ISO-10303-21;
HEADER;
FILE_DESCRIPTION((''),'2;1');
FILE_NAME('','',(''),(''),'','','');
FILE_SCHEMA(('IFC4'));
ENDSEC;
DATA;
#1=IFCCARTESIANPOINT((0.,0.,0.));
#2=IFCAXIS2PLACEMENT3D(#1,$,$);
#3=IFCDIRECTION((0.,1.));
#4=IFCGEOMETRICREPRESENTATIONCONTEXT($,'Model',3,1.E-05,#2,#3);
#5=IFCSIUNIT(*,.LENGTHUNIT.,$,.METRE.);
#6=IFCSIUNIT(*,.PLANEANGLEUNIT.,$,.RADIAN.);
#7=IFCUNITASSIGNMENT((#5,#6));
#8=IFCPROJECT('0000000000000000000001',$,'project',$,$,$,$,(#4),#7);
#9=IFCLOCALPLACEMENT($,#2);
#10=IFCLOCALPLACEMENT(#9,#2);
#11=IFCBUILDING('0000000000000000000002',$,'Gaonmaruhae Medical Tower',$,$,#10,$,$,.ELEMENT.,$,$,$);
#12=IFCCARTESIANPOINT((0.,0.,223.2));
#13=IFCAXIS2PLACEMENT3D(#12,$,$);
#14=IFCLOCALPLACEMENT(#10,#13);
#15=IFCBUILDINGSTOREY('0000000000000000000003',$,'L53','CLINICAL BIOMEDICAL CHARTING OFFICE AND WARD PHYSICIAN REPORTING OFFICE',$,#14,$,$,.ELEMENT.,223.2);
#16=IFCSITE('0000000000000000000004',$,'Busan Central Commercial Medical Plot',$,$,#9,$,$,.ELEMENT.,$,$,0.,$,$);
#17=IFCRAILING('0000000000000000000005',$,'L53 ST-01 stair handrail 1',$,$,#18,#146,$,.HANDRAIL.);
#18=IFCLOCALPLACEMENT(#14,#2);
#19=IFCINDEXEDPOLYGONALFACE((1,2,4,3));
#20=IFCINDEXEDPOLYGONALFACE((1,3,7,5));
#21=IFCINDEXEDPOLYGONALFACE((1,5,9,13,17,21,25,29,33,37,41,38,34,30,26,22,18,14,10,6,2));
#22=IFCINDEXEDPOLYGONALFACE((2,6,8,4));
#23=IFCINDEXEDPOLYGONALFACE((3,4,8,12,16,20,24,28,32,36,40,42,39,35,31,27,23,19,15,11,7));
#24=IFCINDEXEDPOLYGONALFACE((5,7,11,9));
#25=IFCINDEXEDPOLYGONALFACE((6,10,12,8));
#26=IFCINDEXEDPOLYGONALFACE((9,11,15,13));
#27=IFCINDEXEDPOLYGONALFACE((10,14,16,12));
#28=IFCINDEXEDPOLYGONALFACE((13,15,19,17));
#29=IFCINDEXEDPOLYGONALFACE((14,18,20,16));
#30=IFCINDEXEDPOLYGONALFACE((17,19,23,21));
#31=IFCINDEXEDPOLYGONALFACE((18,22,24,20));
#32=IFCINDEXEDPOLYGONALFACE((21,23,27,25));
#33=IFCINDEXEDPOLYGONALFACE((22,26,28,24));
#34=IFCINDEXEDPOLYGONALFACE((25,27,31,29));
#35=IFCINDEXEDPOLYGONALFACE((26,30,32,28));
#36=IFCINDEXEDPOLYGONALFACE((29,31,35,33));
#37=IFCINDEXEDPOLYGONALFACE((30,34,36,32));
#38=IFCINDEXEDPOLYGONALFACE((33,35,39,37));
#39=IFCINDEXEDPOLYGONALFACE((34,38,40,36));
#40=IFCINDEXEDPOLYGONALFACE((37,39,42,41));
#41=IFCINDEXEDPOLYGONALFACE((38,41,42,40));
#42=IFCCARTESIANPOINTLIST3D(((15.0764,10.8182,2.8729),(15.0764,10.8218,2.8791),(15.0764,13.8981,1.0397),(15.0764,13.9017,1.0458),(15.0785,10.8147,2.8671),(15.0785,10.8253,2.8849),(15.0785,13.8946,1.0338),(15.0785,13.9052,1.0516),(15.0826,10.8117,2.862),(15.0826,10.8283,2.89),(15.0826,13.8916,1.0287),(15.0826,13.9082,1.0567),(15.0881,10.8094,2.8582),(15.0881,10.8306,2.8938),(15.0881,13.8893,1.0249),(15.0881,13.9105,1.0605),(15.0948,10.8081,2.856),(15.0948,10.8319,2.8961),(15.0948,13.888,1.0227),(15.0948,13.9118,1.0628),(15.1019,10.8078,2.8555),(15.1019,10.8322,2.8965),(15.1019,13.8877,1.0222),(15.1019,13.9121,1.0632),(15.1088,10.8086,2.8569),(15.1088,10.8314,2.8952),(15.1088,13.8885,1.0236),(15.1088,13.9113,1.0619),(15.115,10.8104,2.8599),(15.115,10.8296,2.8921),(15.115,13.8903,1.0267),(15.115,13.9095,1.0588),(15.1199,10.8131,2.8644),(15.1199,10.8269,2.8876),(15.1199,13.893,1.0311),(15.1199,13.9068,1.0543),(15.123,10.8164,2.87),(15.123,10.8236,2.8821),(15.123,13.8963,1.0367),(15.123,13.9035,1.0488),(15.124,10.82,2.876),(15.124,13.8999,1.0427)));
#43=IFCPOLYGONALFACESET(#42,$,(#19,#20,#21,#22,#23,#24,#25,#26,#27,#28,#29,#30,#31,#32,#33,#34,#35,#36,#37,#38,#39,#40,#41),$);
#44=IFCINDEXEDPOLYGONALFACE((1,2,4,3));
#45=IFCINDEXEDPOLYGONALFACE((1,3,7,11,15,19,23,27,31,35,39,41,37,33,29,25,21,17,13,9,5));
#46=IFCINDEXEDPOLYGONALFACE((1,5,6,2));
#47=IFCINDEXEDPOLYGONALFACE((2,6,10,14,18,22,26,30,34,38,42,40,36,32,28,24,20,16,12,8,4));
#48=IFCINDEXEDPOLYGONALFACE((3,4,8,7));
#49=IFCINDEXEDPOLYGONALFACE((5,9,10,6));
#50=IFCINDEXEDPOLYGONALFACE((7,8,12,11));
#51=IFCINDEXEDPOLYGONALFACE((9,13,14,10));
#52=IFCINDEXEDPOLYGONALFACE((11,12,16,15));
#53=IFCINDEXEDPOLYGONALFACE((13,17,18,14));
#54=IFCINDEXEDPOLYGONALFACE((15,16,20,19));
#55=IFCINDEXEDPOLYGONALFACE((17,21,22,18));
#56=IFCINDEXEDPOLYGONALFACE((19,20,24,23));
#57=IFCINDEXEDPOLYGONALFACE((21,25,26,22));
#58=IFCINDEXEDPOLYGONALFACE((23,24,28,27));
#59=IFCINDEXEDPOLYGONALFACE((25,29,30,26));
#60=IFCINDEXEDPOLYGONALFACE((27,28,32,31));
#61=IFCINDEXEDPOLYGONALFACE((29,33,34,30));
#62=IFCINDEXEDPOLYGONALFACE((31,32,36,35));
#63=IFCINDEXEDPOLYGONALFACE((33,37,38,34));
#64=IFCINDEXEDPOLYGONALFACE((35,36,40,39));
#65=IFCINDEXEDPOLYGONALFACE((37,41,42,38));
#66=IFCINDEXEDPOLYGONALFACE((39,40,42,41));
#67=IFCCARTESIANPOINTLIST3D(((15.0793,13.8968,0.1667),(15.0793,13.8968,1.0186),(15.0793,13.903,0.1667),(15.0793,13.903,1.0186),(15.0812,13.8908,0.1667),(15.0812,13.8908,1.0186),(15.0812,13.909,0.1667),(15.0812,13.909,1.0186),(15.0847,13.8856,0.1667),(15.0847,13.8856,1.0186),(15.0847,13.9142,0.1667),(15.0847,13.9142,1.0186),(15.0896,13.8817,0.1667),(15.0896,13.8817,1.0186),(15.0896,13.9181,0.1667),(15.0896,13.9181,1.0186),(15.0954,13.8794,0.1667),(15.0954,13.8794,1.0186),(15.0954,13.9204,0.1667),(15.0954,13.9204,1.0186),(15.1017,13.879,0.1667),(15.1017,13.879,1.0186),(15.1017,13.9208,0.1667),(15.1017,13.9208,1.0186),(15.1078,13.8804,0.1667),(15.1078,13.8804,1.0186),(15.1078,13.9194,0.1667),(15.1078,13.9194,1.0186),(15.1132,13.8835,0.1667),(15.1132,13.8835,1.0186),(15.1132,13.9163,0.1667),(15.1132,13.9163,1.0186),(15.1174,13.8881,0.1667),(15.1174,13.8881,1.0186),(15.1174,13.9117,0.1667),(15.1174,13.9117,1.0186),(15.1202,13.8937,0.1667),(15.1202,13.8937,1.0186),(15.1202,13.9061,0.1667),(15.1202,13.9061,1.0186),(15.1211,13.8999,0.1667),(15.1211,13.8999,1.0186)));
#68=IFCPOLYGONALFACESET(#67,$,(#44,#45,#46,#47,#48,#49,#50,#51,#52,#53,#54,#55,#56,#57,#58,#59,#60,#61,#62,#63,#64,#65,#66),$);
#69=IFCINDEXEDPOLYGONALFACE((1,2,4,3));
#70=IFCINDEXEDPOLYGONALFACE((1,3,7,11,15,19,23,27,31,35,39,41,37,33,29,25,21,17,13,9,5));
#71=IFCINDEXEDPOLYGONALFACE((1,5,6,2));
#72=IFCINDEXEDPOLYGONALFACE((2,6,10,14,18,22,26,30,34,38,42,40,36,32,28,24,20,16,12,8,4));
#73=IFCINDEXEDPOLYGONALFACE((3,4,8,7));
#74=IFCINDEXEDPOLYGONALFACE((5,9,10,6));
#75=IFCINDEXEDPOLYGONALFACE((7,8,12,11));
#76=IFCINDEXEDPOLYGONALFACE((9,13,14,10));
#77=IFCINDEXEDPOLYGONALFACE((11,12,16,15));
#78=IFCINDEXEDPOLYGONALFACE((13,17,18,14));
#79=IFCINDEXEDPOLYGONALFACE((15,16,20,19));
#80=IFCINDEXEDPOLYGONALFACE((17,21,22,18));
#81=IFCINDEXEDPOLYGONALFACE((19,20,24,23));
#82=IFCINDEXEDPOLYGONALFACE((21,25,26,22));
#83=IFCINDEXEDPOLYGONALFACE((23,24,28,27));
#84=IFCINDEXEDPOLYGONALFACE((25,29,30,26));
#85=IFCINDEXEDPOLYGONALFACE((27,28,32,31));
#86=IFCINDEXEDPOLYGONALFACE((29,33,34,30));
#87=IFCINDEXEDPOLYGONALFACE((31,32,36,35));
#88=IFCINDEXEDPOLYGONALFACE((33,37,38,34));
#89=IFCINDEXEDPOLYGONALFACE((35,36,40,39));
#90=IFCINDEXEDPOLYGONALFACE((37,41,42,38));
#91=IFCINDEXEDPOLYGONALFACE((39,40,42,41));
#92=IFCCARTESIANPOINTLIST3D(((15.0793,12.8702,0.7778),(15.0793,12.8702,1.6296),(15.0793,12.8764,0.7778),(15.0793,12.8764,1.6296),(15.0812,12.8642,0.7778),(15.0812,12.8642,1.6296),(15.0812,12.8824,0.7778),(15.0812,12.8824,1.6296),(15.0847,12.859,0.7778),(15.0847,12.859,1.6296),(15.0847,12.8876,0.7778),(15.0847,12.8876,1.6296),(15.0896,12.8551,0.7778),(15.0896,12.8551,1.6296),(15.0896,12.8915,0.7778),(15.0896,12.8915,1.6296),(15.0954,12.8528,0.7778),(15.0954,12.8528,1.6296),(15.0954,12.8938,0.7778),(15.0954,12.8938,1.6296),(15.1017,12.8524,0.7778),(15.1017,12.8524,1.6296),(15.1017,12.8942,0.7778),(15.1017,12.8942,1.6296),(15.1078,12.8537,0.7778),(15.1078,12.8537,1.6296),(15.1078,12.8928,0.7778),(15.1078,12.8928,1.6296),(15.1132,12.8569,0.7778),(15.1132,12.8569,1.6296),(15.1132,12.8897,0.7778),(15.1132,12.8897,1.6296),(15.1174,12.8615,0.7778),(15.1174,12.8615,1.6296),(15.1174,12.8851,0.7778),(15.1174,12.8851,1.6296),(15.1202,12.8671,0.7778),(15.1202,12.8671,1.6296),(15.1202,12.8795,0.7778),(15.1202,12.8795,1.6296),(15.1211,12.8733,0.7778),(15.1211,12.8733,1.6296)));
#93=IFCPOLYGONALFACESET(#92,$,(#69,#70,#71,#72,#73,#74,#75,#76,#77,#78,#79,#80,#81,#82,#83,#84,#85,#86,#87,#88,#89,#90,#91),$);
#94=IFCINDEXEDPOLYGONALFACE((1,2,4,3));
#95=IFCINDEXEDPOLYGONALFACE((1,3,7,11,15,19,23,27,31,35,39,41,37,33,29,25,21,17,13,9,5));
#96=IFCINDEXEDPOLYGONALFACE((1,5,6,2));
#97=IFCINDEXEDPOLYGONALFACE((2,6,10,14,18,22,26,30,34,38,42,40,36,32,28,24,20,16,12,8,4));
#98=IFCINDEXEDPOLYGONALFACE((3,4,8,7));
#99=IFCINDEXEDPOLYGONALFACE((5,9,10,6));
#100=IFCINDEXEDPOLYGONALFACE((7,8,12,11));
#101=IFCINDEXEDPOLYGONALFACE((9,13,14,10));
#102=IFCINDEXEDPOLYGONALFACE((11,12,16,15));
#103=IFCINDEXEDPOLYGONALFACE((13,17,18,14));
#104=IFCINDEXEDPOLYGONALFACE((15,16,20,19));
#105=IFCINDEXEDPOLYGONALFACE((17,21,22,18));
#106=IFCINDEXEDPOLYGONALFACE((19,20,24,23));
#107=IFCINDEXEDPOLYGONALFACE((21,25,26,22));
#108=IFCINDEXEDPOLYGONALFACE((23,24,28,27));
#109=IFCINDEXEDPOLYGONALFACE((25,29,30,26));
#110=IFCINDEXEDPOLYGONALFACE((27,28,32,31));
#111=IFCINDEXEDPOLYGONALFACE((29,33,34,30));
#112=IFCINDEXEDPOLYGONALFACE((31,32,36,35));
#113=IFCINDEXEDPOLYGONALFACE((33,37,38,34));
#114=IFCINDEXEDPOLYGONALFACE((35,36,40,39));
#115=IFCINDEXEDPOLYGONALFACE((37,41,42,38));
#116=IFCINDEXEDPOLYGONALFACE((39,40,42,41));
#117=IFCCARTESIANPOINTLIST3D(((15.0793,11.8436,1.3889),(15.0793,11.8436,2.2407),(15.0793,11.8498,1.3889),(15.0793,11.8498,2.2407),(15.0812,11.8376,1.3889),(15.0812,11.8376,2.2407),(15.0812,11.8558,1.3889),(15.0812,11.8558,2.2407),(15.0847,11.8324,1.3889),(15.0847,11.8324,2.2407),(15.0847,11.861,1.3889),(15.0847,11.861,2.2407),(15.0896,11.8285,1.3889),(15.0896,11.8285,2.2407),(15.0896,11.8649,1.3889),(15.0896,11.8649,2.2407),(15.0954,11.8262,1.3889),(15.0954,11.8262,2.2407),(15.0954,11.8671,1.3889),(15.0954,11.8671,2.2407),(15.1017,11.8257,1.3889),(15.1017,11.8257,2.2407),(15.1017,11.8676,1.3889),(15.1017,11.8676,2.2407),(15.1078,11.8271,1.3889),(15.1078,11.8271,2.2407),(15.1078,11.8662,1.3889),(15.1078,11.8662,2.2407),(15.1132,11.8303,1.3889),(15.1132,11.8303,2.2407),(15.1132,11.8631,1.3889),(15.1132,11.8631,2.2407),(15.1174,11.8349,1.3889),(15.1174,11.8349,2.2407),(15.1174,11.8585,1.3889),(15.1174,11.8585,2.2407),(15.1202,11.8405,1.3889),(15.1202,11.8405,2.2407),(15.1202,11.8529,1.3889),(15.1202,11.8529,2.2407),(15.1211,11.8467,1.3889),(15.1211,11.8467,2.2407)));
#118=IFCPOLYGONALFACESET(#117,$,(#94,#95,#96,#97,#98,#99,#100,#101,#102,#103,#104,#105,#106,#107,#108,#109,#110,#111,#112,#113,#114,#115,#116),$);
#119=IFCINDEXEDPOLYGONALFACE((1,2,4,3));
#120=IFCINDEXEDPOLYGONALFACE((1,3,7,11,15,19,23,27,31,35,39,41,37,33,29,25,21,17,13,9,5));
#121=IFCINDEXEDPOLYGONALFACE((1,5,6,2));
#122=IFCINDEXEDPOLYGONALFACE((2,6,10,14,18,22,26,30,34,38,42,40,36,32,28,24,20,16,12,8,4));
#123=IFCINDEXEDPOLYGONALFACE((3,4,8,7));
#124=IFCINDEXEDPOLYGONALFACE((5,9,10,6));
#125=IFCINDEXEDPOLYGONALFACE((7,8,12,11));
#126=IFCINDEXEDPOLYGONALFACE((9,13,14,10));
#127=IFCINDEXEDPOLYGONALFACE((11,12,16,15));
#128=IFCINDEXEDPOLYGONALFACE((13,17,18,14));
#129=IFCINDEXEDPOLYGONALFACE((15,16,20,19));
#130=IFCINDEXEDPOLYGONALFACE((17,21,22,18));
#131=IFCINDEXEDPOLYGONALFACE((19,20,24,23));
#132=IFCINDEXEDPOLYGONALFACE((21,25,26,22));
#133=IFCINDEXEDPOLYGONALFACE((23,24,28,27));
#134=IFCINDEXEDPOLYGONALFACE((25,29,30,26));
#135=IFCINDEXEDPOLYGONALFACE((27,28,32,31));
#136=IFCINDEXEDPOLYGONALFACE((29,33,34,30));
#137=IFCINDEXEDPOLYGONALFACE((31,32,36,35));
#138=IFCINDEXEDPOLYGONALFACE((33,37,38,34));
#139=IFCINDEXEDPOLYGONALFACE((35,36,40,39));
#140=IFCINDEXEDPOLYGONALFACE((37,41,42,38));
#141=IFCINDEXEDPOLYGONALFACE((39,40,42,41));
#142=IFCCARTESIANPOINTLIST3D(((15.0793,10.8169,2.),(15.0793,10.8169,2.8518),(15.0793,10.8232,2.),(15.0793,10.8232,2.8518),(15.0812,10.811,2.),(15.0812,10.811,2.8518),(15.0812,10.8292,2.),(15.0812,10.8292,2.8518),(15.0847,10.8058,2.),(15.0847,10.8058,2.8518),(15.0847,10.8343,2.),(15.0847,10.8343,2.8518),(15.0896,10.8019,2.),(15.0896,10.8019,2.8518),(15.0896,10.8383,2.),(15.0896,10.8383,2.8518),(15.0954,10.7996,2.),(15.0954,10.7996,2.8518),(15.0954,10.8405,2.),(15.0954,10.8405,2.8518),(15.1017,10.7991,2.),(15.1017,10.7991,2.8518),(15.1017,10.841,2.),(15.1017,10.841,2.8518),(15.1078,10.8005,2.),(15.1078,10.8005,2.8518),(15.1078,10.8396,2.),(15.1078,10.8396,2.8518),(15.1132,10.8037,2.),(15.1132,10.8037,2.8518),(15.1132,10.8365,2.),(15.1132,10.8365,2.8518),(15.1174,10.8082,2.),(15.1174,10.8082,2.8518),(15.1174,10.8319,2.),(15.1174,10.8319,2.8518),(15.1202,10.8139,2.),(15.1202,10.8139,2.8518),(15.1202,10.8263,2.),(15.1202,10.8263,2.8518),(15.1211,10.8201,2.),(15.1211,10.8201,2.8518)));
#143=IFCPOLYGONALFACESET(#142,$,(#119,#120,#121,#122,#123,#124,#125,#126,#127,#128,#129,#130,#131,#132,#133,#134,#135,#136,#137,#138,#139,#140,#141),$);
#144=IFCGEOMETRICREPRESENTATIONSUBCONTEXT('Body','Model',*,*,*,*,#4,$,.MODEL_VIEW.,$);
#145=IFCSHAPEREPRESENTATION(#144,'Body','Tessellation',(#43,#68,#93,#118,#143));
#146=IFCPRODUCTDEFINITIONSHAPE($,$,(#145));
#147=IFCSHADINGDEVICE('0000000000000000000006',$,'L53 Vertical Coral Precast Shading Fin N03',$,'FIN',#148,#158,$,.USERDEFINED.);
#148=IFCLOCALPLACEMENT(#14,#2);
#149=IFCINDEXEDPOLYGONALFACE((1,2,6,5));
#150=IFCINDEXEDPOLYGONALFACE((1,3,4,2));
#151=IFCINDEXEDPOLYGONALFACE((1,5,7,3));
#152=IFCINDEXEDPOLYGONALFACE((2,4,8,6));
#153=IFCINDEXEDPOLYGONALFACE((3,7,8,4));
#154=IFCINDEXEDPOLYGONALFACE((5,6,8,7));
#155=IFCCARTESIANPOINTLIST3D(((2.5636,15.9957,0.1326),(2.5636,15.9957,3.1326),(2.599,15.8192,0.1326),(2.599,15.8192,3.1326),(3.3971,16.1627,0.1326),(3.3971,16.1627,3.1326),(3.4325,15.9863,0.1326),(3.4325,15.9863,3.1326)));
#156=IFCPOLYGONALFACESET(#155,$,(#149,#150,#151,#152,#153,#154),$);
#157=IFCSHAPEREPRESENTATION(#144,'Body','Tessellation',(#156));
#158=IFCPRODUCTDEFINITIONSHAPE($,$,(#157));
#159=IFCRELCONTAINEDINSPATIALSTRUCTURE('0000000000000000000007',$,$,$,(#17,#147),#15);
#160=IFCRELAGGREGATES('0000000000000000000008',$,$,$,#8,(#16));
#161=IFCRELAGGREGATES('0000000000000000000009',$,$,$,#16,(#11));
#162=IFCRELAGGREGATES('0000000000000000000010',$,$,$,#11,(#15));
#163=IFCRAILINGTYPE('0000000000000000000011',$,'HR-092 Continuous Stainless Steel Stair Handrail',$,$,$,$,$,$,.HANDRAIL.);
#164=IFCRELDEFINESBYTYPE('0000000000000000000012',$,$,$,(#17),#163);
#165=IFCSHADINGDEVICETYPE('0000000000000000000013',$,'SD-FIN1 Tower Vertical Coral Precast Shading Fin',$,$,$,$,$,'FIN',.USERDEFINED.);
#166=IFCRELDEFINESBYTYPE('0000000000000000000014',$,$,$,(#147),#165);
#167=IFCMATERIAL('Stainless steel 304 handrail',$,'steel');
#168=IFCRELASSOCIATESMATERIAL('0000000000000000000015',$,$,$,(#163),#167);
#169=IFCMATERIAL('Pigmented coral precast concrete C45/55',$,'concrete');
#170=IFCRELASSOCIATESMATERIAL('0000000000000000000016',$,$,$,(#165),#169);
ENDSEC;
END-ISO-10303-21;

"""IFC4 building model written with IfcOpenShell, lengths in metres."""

from ifc_helpers import new_model, si_unit, direction, frame, origin, origin_2d, place, context, subcontext, project, spatial, rectangle, circle, extrude, material, type_object, element, save


model = new_model("IFC4")

# Units and contexts
model_context = context("Model", 3, precision=1e-05, world=origin(), true_north=direction((0.0, 1.0)))
body_context = subcontext(model_context, "Body", "Model", "MODEL_VIEW")
ifc_project = project(units=[si_unit("LENGTHUNIT", "METRE"), si_unit("PLANEANGLEUNIT", "RADIAN")], contexts=[model_context])

# Site, building, storey
site_placement = place(None, origin())
site = spatial("IfcSite", under=ifc_project, at=site_placement, Name="Busan Central Commercial Medical Plot", CompositionType="ELEMENT", RefElevation=0.0)
building_placement = place(site_placement, origin())
building = spatial("IfcBuilding", under=site, at=building_placement, Name="Gaonmaruhae Medical Tower", CompositionType="ELEMENT")
storey_placement = place(building_placement, frame((0.0, 0.0, 223.2)))
storey = spatial("IfcBuildingStorey", under=building, at=storey_placement, Name="L53", Description="CLINICAL BIOMEDICAL CHARTING OFFICE AND WARD PHYSICIAN REPORTING OFFICE", CompositionType="ELEMENT", Elevation=223.2)

# Railing
ifc_material_1 = material(Name="Stainless steel 304 handrail", Category="steel")
railing_type_1 = type_object("IfcRailingType", Name="HR-092 Continuous Stainless Steel Stair Handrail", PredefinedType="HANDRAIL", material=ifc_material_1)
railing_1_placement = place(storey_placement, frame((15.1001, 13.8999, 0.1667)))
element("IfcRailing", 1, at=railing_1_placement, inside=storey, type_object=railing_type_1, Name="L53 ST-01 stair handrail 1", PredefinedType="HANDRAIL", context=body_context, shape_type="SweptSolid", body=[
    extrude(circle(Radius=0.0239, at=origin_2d()), frame((0.0, 0.0, 0.876), z_axis=(0.0, -0.859291, 0.511487), x_axis=(1.0, 0.0, 0.0)), (0.0, 0.0, 1.0), 3.5842),
    extrude(circle(Radius=0.021, at=origin_2d()), origin(), (0.0, 0.0, 1.0), 0.8518),
    extrude(circle(Radius=0.021, at=origin_2d()), frame((0.0, -1.0266, 0.6111)), (0.0, 0.0, 1.0), 0.8518),
    extrude(circle(Radius=0.021, at=origin_2d()), frame((0.0, -2.0532, 1.2222)), (0.0, 0.0, 1.0), 0.8518),
    extrude(circle(Radius=0.021, at=origin_2d()), frame((0.0, -3.0798, 1.8333)), (0.0, 0.0, 1.0), 0.8518),
])

# Shading device
ifc_material_2 = material(Name="Pigmented coral precast concrete C45/55", Category="concrete")
shading_device_type = type_object("IfcShadingDeviceType", Name="SD-FIN1 Tower Vertical Coral Precast Shading Fin", ElementType="FIN", PredefinedType="USERDEFINED", material=ifc_material_2)
shading_device_placement = place(storey_placement, frame((2.998, 15.991, 0.1326), z_axis=(0.0, 0.0, 1.0), x_axis=(-0.196511, 0.980502, 0.0)))
element("IfcShadingDevice", 2, at=shading_device_placement, inside=storey, type_object=shading_device_type, Name="L53 Vertical Coral Precast Shading Fin N03", ObjectType="FIN", PredefinedType="USERDEFINED", context=body_context, shape_type="SweptSolid", body=[
    extrude(rectangle(XDim=0.1799, YDim=0.8501, at=origin_2d()), origin(), (0.0, 0.0, 1.0), 3.0),
])

save(model, "model.ifc")
